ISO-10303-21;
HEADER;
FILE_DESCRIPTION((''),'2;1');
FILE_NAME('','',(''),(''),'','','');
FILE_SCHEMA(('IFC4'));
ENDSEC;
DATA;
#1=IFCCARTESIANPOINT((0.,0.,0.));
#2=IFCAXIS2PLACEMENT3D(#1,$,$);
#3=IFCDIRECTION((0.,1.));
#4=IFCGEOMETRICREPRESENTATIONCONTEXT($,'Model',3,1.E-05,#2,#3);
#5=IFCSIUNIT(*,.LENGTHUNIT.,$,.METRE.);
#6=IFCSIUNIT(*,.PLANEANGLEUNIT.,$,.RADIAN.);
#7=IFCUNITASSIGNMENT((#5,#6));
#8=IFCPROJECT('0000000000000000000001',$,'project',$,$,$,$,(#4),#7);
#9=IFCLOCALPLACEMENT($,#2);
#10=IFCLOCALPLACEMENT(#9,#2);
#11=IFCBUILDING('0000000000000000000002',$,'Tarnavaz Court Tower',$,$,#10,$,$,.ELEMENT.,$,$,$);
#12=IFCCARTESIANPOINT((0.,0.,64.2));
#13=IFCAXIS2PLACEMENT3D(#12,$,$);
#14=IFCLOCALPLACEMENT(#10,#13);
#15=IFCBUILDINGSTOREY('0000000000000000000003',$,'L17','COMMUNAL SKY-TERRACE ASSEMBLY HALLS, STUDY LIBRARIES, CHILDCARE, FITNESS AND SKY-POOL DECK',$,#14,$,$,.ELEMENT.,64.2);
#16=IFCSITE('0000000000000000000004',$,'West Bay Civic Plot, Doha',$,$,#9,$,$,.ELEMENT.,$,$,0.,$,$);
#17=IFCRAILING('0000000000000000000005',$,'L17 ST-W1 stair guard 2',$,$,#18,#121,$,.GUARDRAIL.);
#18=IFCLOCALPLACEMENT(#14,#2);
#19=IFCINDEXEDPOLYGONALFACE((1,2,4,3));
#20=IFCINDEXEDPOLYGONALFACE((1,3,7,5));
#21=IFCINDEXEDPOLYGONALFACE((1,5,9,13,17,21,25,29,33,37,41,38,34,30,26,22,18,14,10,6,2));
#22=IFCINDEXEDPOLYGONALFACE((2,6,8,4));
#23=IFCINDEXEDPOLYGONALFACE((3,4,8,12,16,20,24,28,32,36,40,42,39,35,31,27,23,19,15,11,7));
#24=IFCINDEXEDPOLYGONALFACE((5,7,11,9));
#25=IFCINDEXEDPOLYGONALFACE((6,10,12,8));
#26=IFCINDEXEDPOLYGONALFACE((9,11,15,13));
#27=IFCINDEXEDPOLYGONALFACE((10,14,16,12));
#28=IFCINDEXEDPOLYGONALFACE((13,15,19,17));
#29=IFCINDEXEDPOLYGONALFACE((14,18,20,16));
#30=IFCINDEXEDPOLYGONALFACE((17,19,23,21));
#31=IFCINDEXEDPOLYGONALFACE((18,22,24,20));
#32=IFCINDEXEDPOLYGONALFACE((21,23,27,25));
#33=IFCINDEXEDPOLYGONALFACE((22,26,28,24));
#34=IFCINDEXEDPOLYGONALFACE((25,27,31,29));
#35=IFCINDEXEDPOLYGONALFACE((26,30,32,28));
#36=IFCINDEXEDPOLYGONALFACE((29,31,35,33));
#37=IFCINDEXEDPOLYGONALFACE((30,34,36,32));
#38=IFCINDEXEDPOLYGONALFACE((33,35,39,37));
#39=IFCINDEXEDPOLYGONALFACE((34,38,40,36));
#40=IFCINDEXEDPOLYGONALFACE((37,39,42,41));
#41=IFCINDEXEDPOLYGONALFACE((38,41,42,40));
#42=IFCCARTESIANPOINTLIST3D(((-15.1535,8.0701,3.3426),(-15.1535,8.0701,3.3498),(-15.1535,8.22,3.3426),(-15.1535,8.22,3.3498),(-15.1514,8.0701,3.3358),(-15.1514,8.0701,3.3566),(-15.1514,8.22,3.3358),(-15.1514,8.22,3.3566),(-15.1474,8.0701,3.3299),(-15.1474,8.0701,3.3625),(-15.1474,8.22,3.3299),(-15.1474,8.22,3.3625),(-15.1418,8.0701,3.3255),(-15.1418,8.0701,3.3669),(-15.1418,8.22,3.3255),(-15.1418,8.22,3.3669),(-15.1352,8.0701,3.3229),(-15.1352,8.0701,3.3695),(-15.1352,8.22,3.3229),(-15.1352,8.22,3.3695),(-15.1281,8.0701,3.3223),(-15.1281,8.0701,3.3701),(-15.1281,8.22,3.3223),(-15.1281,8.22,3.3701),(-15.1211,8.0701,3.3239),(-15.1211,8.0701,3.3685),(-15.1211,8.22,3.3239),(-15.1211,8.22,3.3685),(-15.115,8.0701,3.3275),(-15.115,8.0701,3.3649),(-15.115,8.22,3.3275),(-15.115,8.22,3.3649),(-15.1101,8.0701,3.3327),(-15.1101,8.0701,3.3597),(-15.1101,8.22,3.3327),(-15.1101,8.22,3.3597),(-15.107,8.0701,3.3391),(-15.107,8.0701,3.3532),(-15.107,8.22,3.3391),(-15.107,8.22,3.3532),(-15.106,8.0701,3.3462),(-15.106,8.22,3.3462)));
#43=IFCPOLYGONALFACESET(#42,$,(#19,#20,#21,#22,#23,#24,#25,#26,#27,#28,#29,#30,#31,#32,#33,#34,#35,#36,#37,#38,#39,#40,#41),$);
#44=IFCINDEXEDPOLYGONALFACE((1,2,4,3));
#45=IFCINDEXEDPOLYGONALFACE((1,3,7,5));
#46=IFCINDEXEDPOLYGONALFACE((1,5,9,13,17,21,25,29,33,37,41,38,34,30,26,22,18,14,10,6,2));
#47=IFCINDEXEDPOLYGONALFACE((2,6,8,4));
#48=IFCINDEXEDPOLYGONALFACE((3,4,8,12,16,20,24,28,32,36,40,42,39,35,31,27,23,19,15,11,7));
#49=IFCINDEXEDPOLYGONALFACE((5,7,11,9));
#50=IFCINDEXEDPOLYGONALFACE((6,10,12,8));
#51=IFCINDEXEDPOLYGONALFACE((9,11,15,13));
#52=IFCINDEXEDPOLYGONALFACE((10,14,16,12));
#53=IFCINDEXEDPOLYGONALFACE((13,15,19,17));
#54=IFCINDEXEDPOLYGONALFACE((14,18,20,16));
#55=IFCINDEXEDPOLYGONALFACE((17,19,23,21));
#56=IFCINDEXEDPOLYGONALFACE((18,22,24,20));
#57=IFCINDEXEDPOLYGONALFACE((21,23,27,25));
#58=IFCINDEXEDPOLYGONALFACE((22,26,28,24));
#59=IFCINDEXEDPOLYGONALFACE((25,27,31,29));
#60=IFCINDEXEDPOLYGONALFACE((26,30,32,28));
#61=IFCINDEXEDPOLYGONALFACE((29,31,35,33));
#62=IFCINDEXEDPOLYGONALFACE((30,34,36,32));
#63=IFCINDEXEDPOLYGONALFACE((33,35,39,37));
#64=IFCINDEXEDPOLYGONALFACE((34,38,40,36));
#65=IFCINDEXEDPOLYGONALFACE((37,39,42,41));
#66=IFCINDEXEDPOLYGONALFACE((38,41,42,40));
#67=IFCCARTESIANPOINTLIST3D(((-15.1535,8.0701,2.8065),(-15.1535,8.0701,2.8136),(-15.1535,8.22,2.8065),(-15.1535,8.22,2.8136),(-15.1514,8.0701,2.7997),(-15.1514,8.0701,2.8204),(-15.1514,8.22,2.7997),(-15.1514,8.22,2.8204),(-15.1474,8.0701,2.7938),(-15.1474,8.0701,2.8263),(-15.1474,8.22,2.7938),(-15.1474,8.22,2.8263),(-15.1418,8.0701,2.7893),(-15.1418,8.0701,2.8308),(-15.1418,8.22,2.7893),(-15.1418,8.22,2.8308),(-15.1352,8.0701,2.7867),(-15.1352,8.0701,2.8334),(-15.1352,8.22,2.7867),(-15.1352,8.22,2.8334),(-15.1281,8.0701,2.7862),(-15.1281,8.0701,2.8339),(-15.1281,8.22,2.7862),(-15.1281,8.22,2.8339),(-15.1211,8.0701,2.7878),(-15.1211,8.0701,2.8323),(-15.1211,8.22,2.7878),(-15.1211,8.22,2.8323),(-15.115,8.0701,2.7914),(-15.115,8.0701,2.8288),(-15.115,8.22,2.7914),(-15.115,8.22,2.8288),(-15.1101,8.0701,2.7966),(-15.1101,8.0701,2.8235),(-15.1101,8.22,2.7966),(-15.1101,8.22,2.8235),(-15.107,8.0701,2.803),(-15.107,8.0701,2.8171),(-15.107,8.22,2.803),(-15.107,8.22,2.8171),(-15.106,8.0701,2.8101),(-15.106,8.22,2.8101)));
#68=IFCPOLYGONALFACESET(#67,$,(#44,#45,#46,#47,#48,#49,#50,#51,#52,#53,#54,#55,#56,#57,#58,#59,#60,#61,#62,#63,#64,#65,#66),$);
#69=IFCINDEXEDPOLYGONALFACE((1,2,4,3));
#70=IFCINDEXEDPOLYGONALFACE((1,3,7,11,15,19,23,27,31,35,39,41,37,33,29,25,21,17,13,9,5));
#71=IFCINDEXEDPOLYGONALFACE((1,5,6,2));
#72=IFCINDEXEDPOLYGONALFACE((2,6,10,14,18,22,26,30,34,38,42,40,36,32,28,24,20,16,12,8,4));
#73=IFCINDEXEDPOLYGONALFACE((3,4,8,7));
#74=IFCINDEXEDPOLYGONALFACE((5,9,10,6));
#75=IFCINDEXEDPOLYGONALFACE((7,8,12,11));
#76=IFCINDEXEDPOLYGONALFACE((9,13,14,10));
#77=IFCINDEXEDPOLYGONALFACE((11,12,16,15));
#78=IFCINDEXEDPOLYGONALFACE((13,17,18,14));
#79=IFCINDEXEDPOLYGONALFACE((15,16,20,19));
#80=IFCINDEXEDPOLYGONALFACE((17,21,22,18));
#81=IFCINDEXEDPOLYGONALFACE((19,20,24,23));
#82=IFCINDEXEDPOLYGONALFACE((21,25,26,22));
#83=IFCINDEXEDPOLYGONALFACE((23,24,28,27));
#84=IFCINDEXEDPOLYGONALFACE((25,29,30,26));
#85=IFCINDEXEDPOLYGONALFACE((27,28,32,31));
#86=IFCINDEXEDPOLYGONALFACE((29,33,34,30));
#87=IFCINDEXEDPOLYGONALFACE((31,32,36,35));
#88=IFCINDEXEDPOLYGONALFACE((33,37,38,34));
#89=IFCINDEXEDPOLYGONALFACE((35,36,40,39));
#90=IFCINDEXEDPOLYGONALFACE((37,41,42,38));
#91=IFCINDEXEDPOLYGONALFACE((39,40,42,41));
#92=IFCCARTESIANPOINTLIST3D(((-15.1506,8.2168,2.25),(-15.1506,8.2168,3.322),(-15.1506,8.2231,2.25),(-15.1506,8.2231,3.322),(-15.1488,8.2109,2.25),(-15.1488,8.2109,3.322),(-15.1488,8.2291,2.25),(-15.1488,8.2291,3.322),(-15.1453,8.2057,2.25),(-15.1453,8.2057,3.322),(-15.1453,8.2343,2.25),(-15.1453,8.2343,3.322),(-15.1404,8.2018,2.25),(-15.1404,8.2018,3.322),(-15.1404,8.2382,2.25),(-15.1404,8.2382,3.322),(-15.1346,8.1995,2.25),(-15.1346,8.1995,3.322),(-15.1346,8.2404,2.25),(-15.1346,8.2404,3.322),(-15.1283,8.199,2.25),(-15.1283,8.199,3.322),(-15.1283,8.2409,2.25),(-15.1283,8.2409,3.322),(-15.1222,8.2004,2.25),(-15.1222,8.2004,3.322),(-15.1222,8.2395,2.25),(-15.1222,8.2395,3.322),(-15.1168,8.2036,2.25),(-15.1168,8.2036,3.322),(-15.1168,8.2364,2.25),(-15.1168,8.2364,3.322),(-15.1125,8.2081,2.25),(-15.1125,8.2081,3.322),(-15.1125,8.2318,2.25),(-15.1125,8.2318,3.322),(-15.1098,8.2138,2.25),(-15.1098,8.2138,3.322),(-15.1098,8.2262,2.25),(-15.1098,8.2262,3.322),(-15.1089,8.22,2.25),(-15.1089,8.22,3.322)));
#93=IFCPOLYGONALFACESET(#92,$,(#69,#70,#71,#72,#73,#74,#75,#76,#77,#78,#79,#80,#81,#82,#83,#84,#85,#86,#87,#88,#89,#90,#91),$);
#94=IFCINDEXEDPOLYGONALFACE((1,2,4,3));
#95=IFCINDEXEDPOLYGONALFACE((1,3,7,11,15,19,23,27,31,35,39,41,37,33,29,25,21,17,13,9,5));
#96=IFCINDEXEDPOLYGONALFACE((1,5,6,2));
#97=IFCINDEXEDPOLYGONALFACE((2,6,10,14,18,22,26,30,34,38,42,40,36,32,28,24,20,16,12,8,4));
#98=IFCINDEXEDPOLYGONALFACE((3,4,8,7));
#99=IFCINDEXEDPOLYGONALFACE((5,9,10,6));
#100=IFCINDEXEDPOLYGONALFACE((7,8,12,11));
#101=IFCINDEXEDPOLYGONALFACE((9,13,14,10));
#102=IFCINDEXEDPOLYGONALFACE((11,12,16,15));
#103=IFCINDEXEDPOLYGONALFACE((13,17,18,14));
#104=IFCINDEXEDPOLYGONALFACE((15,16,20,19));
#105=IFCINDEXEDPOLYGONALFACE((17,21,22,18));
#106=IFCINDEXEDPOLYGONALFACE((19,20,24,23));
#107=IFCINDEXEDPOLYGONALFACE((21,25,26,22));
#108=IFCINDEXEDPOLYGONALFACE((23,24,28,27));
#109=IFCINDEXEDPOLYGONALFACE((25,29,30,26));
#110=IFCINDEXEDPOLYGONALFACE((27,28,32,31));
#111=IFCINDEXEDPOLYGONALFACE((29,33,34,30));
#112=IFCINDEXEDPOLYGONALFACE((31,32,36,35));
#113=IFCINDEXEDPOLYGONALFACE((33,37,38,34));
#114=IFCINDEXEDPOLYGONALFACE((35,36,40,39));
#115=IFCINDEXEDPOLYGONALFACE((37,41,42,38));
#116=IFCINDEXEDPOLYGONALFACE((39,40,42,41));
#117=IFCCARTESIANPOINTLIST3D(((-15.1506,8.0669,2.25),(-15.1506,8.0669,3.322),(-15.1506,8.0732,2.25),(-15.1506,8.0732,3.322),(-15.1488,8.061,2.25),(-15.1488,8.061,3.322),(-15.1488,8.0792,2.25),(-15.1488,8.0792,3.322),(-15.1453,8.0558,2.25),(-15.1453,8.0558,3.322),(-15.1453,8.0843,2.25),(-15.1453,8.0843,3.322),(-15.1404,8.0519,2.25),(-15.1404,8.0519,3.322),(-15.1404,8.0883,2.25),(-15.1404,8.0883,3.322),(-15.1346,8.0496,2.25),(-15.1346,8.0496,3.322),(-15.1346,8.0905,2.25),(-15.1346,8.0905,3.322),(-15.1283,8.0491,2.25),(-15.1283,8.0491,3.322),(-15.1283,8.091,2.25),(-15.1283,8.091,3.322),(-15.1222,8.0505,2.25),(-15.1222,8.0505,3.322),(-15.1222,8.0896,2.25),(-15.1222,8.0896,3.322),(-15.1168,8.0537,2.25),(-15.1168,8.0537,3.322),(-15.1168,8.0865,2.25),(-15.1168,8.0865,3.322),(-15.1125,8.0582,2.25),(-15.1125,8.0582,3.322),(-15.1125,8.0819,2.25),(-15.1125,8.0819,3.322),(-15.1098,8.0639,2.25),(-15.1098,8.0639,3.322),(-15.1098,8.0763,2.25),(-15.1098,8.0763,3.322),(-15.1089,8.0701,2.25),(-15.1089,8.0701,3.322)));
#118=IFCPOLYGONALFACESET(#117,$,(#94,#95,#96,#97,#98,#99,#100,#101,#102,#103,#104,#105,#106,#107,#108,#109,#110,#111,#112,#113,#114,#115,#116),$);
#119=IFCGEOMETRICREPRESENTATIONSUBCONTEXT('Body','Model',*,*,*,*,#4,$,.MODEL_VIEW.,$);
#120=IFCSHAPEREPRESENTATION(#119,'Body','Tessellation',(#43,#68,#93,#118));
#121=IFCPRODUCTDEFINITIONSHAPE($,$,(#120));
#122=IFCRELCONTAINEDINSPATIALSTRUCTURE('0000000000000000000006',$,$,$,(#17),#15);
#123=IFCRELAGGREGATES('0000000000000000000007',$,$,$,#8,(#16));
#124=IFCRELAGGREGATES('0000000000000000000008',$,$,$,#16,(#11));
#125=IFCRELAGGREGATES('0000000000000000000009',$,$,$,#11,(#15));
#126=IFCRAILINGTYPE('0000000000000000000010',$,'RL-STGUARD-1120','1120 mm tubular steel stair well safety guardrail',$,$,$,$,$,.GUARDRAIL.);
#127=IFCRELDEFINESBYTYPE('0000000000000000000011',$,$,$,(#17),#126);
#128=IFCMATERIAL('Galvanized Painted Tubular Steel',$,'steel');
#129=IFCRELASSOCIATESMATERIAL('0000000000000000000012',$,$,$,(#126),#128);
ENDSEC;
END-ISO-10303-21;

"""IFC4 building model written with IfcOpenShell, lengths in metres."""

from ifc_helpers import new_model, si_unit, direction, frame, origin, origin_2d, place, context, subcontext, project, spatial, circle, extrude, material, type_object, element, save


model = new_model("IFC4")

# Units and contexts
model_context = context("Model", 3, precision=1e-05, world=origin(), true_north=direction((0.0, 1.0)))
body_context = subcontext(model_context, "Body", "Model", "MODEL_VIEW")
ifc_project = project(units=[si_unit("LENGTHUNIT", "METRE"), si_unit("PLANEANGLEUNIT", "RADIAN")], contexts=[model_context])

# Site, building, storey
site_placement = place(None, origin())
site = spatial("IfcSite", under=ifc_project, at=site_placement, Name="West Bay Civic Plot, Doha", CompositionType="ELEMENT", RefElevation=0.0)
building_placement = place(site_placement, origin())
building = spatial("IfcBuilding", under=site, at=building_placement, Name="Tarnavaz Court Tower", CompositionType="ELEMENT")
storey_placement = place(building_placement, frame((0.0, 0.0, 64.2)))
storey = spatial("IfcBuildingStorey", under=building, at=storey_placement, Name="L17", Description="COMMUNAL SKY-TERRACE ASSEMBLY HALLS, STUDY LIBRARIES, CHILDCARE, FITNESS AND SKY-POOL DECK", CompositionType="ELEMENT", Elevation=64.2)

# Railing
ifc_material_1 = material(Name="Galvanized Painted Tubular Steel", Category="steel")
railing_type_1 = type_object("IfcRailingType", Name="RL-STGUARD-1120", Description="1120 mm tubular steel stair well safety guardrail", PredefinedType="GUARDRAIL", material=ifc_material_1)
railing_1_placement = place(storey_placement, frame((-15.1299, 8.22, 2.25)))
element("IfcRailing", 1, at=railing_1_placement, inside=storey, type_object=railing_type_1, Name="L17 ST-W1 stair guard 2", PredefinedType="GUARDRAIL", context=body_context, shape_type="SweptSolid", body=[
    extrude(circle(Radius=0.0239, at=origin_2d()), frame((0.0, 0.0, 1.0962), z_axis=(0.0, -1.0, 0.0), x_axis=(1.0, 0.0, 0.0)), (0.0, 0.0, 1.0), 0.1499),
    extrude(circle(Radius=0.0239, at=origin_2d()), frame((0.0, 0.0, 0.5601), z_axis=(0.0, -1.0, 0.0), x_axis=(1.0, 0.0, 0.0)), (0.0, 0.0, 1.0), 0.1499),
    extrude(circle(Radius=0.021, at=origin_2d()), origin(), (0.0, 0.0, 1.0), 1.072),
    extrude(circle(Radius=0.021, at=origin_2d()), frame((0.0, -0.1499, 0.0)), (0.0, 0.0, 1.0), 1.072),
])

save(model, "model.ifc")
